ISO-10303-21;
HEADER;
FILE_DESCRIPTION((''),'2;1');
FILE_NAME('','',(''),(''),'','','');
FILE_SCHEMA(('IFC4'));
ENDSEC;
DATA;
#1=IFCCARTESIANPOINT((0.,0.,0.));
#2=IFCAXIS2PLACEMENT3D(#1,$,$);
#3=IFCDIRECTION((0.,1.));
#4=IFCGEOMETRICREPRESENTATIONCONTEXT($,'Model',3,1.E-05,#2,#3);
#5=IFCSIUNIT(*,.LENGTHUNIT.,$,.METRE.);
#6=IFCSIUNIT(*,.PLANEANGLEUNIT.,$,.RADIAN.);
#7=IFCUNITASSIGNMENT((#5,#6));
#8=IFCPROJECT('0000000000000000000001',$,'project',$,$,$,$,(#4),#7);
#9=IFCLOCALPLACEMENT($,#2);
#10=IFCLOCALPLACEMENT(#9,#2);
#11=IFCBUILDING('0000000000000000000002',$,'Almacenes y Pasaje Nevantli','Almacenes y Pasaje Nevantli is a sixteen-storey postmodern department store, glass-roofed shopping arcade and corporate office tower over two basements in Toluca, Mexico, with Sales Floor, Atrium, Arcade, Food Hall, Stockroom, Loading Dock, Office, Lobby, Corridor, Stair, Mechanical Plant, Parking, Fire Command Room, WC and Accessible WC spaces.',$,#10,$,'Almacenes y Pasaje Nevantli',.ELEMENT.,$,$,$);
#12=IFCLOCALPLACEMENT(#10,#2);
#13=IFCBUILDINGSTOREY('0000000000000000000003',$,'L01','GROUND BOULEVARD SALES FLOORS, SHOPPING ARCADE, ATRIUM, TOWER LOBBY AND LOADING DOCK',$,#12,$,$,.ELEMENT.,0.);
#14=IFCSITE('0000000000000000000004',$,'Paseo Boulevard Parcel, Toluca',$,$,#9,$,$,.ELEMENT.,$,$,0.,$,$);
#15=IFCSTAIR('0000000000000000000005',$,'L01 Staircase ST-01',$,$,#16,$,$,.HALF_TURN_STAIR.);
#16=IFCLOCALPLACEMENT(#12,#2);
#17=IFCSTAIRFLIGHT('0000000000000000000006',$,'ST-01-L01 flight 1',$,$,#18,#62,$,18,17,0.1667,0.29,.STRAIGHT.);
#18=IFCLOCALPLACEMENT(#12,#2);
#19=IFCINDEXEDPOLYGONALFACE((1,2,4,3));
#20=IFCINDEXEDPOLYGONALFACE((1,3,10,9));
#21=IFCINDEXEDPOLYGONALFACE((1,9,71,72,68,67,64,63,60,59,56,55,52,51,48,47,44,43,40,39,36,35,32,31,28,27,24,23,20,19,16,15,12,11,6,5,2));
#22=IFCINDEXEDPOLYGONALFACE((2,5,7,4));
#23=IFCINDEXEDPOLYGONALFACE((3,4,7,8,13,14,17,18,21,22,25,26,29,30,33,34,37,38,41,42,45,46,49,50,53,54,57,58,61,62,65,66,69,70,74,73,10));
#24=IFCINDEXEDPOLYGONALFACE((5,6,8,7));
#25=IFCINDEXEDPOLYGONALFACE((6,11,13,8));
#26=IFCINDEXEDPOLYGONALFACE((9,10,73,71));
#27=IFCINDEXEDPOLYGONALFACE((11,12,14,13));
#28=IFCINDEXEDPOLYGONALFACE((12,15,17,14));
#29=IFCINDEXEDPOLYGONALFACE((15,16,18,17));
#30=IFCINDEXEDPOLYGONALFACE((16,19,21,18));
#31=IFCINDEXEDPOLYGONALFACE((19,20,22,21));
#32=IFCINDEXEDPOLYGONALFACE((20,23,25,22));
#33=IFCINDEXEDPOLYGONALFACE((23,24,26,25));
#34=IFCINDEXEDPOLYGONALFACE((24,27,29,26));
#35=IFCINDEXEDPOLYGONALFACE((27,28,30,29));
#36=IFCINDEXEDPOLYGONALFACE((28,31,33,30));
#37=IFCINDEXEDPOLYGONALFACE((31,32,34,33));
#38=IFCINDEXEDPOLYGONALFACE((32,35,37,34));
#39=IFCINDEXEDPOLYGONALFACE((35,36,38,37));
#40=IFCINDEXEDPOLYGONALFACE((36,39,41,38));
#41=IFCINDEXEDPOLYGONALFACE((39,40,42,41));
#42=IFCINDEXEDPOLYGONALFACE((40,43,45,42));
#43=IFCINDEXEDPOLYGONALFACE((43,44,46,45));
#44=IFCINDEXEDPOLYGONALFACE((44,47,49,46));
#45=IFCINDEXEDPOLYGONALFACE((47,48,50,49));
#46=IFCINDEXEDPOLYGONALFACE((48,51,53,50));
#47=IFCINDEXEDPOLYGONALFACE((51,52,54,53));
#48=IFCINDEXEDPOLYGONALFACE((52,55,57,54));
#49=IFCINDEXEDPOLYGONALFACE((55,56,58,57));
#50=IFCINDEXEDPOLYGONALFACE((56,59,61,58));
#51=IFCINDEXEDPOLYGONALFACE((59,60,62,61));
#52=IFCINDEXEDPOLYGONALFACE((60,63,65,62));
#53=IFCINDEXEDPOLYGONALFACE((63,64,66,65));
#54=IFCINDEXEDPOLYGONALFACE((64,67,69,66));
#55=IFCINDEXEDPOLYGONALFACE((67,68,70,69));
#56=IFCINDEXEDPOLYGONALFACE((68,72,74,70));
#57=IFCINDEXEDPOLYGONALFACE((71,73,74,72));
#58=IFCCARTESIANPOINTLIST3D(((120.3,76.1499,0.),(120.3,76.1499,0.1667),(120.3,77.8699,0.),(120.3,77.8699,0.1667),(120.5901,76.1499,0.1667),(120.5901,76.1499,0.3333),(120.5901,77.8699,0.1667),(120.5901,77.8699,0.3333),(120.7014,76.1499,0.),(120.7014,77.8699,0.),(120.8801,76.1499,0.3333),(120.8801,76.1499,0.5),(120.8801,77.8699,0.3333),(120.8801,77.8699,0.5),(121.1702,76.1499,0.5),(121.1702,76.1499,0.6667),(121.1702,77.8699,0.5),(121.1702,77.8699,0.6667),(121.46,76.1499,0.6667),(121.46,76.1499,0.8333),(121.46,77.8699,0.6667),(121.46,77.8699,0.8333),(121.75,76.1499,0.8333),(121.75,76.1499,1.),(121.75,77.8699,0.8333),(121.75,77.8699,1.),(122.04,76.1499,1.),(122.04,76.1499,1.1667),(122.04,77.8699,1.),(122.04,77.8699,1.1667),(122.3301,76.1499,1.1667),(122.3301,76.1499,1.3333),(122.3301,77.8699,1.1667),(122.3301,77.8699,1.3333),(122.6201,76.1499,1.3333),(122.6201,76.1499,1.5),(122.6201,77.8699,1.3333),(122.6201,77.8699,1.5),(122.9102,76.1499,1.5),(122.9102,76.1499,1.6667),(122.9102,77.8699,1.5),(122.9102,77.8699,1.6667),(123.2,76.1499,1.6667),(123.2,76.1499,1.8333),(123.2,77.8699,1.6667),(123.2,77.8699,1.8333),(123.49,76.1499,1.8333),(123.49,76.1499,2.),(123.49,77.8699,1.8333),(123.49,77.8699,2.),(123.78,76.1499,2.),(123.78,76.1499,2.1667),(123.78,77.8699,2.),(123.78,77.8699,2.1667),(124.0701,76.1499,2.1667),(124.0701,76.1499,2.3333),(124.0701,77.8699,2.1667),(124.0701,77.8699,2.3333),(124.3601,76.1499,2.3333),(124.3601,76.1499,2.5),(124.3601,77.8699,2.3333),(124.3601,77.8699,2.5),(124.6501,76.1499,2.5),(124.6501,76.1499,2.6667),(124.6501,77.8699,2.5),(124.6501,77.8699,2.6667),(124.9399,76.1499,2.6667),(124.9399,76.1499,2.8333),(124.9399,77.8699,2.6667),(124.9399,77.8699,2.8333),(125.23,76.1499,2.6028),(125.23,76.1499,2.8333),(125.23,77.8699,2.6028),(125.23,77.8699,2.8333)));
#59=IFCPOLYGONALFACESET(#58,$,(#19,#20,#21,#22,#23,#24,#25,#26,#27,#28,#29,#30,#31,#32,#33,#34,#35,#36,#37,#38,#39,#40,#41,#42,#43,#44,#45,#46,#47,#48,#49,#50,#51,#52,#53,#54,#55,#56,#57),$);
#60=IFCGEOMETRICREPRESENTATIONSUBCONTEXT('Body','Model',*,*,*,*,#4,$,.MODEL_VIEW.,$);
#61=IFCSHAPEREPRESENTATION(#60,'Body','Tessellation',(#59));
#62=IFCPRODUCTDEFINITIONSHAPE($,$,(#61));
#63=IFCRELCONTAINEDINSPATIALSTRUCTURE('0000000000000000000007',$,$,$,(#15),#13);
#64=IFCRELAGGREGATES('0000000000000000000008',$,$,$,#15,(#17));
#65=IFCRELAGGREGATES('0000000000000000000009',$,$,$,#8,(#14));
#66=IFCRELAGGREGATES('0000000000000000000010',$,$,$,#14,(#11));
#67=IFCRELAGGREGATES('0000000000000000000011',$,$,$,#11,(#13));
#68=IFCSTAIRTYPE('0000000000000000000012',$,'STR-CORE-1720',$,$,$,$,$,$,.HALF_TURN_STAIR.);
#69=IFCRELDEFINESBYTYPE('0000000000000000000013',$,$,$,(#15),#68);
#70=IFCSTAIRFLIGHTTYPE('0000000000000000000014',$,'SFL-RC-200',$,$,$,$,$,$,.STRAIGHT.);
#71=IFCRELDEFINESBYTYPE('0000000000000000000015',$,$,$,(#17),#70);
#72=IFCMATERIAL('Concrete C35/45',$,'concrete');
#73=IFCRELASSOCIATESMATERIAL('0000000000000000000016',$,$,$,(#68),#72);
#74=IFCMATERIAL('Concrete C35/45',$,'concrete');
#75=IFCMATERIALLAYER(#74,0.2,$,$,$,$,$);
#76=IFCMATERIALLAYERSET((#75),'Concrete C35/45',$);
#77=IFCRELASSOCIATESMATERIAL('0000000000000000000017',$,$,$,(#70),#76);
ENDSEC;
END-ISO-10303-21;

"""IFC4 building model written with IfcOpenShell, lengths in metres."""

from ifc_helpers import new_model, si_unit, direction, frame, origin, place, context, subcontext, project, spatial, polyline, outline, extrude, material, layer, layer_set, type_object, element, aggregate, save


model = new_model("IFC4")

# Units and contexts
model_context = context("Model", 3, precision=1e-05, world=origin(), true_north=direction((0.0, 1.0)))
body_context = subcontext(model_context, "Body", "Model", "MODEL_VIEW")
ifc_project = project(units=[si_unit("LENGTHUNIT", "METRE"), si_unit("PLANEANGLEUNIT", "RADIAN")], contexts=[model_context])

# Site, building, storey
site_placement = place(None, origin())
site = spatial("IfcSite", under=ifc_project, at=site_placement, Name="Paseo Boulevard Parcel, Toluca", CompositionType="ELEMENT", RefElevation=0.0)
building_placement = place(site_placement, origin())
building = spatial("IfcBuilding", under=site, at=building_placement, Name="Almacenes y Pasaje Nevantli", Description="Almacenes y Pasaje Nevantli is a sixteen-storey postmodern department store, glass-roofed shopping arcade and corporate office tower over two basements in Toluca, Mexico, with Sales Floor, Atrium, Arcade, Food Hall, Stockroom, Loading Dock, Office, Lobby, Corridor, Stair, Mechanical Plant, Parking, Fire Command Room, WC and Accessible WC spaces.", LongName="Almacenes y Pasaje Nevantli", CompositionType="ELEMENT")
storey_placement = place(building_placement, origin())
storey = spatial("IfcBuildingStorey", under=building, at=storey_placement, Name="L01", Description="GROUND BOULEVARD SALES FLOORS, SHOPPING ARCADE, ATRIUM, TOWER LOBBY AND LOADING DOCK", CompositionType="ELEMENT", Elevation=0.0)

# Stair, stair flight
ifc_material_1 = material(Name="Concrete C35/45", Category="concrete")
stair_type = type_object("IfcStairType", Name="STR-CORE-1720", PredefinedType="HALF_TURN_STAIR", material=ifc_material_1)
stair_placement = place(storey_placement, origin())
stair = element("IfcStair", 1, at=stair_placement, inside=storey, type_object=stair_type, Name="L01 Staircase ST-01", PredefinedType="HALF_TURN_STAIR")
ifc_material_2 = material(Name="Concrete C35/45", Category="concrete")
ifc_layer_1 = layer(ifc_material_2, 0.2)
ifc_layer_set_1 = layer_set([ifc_layer_1], Name="Concrete C35/45")
stair_flight_type = type_object("IfcStairFlightType", Name="SFL-RC-200", PredefinedType="STRAIGHT", material=ifc_layer_set_1)
stair_flight_placement = place(storey_placement, frame((120.3, 77.01, 0.0), z_axis=(0.0, 0.0, 1.0), x_axis=(1.0, 0.0, 0.0)))
stair_flight = element("IfcStairFlight", 2, at=stair_flight_placement, type_object=stair_flight_type, Name="ST-01-L01 flight 1", NumberOfRisers=18, NumberOfTreads=17, PredefinedType="STRAIGHT", RiserHeight=0.1667, TreadLength=0.29, context=body_context, shape_type="SweptSolid", body=[
    extrude(outline(polyline([(0.0, 0.0), (0.0, 0.1667), (0.29, 0.1667), (0.29, 0.3333), (0.5801, 0.3333), (0.5801, 0.5), (0.8701, 0.5), (0.8701, 0.6667), (1.1599, 0.6667), (1.1599, 0.8333), (1.45, 0.8333), (1.45, 1.0), (1.74, 1.0), (1.74, 1.1667), (2.03, 1.1667), (2.03, 1.3333), (2.3201, 1.3333), (2.3201, 1.5), (2.6101, 1.5), (2.6101, 1.6667), (2.8999, 1.6667), (2.8999, 1.8333), (3.1899, 1.8333), (3.1899, 2.0), (3.48, 2.0), (3.48, 2.1667), (3.77, 2.1667), (3.77, 2.3333), (4.0601, 2.3333), (4.0601, 2.5), (4.3501, 2.5), (4.3501, 2.6667), (4.6399, 2.6667), (4.6399, 2.8333), (4.9299, 2.8333), (4.9299, 3.0), (4.9299, 2.6028), (0.4014, 0.0), (0.0, 0.0)])), frame((0.0, 0.8599, 0.0), z_axis=(0.0, -1.0, 0.0), x_axis=(1.0, 0.0, 0.0)), (0.0, 0.0, 1.0), 1.72),
])
aggregate(stair, [stair_flight])

save(model, "model.ifc")
